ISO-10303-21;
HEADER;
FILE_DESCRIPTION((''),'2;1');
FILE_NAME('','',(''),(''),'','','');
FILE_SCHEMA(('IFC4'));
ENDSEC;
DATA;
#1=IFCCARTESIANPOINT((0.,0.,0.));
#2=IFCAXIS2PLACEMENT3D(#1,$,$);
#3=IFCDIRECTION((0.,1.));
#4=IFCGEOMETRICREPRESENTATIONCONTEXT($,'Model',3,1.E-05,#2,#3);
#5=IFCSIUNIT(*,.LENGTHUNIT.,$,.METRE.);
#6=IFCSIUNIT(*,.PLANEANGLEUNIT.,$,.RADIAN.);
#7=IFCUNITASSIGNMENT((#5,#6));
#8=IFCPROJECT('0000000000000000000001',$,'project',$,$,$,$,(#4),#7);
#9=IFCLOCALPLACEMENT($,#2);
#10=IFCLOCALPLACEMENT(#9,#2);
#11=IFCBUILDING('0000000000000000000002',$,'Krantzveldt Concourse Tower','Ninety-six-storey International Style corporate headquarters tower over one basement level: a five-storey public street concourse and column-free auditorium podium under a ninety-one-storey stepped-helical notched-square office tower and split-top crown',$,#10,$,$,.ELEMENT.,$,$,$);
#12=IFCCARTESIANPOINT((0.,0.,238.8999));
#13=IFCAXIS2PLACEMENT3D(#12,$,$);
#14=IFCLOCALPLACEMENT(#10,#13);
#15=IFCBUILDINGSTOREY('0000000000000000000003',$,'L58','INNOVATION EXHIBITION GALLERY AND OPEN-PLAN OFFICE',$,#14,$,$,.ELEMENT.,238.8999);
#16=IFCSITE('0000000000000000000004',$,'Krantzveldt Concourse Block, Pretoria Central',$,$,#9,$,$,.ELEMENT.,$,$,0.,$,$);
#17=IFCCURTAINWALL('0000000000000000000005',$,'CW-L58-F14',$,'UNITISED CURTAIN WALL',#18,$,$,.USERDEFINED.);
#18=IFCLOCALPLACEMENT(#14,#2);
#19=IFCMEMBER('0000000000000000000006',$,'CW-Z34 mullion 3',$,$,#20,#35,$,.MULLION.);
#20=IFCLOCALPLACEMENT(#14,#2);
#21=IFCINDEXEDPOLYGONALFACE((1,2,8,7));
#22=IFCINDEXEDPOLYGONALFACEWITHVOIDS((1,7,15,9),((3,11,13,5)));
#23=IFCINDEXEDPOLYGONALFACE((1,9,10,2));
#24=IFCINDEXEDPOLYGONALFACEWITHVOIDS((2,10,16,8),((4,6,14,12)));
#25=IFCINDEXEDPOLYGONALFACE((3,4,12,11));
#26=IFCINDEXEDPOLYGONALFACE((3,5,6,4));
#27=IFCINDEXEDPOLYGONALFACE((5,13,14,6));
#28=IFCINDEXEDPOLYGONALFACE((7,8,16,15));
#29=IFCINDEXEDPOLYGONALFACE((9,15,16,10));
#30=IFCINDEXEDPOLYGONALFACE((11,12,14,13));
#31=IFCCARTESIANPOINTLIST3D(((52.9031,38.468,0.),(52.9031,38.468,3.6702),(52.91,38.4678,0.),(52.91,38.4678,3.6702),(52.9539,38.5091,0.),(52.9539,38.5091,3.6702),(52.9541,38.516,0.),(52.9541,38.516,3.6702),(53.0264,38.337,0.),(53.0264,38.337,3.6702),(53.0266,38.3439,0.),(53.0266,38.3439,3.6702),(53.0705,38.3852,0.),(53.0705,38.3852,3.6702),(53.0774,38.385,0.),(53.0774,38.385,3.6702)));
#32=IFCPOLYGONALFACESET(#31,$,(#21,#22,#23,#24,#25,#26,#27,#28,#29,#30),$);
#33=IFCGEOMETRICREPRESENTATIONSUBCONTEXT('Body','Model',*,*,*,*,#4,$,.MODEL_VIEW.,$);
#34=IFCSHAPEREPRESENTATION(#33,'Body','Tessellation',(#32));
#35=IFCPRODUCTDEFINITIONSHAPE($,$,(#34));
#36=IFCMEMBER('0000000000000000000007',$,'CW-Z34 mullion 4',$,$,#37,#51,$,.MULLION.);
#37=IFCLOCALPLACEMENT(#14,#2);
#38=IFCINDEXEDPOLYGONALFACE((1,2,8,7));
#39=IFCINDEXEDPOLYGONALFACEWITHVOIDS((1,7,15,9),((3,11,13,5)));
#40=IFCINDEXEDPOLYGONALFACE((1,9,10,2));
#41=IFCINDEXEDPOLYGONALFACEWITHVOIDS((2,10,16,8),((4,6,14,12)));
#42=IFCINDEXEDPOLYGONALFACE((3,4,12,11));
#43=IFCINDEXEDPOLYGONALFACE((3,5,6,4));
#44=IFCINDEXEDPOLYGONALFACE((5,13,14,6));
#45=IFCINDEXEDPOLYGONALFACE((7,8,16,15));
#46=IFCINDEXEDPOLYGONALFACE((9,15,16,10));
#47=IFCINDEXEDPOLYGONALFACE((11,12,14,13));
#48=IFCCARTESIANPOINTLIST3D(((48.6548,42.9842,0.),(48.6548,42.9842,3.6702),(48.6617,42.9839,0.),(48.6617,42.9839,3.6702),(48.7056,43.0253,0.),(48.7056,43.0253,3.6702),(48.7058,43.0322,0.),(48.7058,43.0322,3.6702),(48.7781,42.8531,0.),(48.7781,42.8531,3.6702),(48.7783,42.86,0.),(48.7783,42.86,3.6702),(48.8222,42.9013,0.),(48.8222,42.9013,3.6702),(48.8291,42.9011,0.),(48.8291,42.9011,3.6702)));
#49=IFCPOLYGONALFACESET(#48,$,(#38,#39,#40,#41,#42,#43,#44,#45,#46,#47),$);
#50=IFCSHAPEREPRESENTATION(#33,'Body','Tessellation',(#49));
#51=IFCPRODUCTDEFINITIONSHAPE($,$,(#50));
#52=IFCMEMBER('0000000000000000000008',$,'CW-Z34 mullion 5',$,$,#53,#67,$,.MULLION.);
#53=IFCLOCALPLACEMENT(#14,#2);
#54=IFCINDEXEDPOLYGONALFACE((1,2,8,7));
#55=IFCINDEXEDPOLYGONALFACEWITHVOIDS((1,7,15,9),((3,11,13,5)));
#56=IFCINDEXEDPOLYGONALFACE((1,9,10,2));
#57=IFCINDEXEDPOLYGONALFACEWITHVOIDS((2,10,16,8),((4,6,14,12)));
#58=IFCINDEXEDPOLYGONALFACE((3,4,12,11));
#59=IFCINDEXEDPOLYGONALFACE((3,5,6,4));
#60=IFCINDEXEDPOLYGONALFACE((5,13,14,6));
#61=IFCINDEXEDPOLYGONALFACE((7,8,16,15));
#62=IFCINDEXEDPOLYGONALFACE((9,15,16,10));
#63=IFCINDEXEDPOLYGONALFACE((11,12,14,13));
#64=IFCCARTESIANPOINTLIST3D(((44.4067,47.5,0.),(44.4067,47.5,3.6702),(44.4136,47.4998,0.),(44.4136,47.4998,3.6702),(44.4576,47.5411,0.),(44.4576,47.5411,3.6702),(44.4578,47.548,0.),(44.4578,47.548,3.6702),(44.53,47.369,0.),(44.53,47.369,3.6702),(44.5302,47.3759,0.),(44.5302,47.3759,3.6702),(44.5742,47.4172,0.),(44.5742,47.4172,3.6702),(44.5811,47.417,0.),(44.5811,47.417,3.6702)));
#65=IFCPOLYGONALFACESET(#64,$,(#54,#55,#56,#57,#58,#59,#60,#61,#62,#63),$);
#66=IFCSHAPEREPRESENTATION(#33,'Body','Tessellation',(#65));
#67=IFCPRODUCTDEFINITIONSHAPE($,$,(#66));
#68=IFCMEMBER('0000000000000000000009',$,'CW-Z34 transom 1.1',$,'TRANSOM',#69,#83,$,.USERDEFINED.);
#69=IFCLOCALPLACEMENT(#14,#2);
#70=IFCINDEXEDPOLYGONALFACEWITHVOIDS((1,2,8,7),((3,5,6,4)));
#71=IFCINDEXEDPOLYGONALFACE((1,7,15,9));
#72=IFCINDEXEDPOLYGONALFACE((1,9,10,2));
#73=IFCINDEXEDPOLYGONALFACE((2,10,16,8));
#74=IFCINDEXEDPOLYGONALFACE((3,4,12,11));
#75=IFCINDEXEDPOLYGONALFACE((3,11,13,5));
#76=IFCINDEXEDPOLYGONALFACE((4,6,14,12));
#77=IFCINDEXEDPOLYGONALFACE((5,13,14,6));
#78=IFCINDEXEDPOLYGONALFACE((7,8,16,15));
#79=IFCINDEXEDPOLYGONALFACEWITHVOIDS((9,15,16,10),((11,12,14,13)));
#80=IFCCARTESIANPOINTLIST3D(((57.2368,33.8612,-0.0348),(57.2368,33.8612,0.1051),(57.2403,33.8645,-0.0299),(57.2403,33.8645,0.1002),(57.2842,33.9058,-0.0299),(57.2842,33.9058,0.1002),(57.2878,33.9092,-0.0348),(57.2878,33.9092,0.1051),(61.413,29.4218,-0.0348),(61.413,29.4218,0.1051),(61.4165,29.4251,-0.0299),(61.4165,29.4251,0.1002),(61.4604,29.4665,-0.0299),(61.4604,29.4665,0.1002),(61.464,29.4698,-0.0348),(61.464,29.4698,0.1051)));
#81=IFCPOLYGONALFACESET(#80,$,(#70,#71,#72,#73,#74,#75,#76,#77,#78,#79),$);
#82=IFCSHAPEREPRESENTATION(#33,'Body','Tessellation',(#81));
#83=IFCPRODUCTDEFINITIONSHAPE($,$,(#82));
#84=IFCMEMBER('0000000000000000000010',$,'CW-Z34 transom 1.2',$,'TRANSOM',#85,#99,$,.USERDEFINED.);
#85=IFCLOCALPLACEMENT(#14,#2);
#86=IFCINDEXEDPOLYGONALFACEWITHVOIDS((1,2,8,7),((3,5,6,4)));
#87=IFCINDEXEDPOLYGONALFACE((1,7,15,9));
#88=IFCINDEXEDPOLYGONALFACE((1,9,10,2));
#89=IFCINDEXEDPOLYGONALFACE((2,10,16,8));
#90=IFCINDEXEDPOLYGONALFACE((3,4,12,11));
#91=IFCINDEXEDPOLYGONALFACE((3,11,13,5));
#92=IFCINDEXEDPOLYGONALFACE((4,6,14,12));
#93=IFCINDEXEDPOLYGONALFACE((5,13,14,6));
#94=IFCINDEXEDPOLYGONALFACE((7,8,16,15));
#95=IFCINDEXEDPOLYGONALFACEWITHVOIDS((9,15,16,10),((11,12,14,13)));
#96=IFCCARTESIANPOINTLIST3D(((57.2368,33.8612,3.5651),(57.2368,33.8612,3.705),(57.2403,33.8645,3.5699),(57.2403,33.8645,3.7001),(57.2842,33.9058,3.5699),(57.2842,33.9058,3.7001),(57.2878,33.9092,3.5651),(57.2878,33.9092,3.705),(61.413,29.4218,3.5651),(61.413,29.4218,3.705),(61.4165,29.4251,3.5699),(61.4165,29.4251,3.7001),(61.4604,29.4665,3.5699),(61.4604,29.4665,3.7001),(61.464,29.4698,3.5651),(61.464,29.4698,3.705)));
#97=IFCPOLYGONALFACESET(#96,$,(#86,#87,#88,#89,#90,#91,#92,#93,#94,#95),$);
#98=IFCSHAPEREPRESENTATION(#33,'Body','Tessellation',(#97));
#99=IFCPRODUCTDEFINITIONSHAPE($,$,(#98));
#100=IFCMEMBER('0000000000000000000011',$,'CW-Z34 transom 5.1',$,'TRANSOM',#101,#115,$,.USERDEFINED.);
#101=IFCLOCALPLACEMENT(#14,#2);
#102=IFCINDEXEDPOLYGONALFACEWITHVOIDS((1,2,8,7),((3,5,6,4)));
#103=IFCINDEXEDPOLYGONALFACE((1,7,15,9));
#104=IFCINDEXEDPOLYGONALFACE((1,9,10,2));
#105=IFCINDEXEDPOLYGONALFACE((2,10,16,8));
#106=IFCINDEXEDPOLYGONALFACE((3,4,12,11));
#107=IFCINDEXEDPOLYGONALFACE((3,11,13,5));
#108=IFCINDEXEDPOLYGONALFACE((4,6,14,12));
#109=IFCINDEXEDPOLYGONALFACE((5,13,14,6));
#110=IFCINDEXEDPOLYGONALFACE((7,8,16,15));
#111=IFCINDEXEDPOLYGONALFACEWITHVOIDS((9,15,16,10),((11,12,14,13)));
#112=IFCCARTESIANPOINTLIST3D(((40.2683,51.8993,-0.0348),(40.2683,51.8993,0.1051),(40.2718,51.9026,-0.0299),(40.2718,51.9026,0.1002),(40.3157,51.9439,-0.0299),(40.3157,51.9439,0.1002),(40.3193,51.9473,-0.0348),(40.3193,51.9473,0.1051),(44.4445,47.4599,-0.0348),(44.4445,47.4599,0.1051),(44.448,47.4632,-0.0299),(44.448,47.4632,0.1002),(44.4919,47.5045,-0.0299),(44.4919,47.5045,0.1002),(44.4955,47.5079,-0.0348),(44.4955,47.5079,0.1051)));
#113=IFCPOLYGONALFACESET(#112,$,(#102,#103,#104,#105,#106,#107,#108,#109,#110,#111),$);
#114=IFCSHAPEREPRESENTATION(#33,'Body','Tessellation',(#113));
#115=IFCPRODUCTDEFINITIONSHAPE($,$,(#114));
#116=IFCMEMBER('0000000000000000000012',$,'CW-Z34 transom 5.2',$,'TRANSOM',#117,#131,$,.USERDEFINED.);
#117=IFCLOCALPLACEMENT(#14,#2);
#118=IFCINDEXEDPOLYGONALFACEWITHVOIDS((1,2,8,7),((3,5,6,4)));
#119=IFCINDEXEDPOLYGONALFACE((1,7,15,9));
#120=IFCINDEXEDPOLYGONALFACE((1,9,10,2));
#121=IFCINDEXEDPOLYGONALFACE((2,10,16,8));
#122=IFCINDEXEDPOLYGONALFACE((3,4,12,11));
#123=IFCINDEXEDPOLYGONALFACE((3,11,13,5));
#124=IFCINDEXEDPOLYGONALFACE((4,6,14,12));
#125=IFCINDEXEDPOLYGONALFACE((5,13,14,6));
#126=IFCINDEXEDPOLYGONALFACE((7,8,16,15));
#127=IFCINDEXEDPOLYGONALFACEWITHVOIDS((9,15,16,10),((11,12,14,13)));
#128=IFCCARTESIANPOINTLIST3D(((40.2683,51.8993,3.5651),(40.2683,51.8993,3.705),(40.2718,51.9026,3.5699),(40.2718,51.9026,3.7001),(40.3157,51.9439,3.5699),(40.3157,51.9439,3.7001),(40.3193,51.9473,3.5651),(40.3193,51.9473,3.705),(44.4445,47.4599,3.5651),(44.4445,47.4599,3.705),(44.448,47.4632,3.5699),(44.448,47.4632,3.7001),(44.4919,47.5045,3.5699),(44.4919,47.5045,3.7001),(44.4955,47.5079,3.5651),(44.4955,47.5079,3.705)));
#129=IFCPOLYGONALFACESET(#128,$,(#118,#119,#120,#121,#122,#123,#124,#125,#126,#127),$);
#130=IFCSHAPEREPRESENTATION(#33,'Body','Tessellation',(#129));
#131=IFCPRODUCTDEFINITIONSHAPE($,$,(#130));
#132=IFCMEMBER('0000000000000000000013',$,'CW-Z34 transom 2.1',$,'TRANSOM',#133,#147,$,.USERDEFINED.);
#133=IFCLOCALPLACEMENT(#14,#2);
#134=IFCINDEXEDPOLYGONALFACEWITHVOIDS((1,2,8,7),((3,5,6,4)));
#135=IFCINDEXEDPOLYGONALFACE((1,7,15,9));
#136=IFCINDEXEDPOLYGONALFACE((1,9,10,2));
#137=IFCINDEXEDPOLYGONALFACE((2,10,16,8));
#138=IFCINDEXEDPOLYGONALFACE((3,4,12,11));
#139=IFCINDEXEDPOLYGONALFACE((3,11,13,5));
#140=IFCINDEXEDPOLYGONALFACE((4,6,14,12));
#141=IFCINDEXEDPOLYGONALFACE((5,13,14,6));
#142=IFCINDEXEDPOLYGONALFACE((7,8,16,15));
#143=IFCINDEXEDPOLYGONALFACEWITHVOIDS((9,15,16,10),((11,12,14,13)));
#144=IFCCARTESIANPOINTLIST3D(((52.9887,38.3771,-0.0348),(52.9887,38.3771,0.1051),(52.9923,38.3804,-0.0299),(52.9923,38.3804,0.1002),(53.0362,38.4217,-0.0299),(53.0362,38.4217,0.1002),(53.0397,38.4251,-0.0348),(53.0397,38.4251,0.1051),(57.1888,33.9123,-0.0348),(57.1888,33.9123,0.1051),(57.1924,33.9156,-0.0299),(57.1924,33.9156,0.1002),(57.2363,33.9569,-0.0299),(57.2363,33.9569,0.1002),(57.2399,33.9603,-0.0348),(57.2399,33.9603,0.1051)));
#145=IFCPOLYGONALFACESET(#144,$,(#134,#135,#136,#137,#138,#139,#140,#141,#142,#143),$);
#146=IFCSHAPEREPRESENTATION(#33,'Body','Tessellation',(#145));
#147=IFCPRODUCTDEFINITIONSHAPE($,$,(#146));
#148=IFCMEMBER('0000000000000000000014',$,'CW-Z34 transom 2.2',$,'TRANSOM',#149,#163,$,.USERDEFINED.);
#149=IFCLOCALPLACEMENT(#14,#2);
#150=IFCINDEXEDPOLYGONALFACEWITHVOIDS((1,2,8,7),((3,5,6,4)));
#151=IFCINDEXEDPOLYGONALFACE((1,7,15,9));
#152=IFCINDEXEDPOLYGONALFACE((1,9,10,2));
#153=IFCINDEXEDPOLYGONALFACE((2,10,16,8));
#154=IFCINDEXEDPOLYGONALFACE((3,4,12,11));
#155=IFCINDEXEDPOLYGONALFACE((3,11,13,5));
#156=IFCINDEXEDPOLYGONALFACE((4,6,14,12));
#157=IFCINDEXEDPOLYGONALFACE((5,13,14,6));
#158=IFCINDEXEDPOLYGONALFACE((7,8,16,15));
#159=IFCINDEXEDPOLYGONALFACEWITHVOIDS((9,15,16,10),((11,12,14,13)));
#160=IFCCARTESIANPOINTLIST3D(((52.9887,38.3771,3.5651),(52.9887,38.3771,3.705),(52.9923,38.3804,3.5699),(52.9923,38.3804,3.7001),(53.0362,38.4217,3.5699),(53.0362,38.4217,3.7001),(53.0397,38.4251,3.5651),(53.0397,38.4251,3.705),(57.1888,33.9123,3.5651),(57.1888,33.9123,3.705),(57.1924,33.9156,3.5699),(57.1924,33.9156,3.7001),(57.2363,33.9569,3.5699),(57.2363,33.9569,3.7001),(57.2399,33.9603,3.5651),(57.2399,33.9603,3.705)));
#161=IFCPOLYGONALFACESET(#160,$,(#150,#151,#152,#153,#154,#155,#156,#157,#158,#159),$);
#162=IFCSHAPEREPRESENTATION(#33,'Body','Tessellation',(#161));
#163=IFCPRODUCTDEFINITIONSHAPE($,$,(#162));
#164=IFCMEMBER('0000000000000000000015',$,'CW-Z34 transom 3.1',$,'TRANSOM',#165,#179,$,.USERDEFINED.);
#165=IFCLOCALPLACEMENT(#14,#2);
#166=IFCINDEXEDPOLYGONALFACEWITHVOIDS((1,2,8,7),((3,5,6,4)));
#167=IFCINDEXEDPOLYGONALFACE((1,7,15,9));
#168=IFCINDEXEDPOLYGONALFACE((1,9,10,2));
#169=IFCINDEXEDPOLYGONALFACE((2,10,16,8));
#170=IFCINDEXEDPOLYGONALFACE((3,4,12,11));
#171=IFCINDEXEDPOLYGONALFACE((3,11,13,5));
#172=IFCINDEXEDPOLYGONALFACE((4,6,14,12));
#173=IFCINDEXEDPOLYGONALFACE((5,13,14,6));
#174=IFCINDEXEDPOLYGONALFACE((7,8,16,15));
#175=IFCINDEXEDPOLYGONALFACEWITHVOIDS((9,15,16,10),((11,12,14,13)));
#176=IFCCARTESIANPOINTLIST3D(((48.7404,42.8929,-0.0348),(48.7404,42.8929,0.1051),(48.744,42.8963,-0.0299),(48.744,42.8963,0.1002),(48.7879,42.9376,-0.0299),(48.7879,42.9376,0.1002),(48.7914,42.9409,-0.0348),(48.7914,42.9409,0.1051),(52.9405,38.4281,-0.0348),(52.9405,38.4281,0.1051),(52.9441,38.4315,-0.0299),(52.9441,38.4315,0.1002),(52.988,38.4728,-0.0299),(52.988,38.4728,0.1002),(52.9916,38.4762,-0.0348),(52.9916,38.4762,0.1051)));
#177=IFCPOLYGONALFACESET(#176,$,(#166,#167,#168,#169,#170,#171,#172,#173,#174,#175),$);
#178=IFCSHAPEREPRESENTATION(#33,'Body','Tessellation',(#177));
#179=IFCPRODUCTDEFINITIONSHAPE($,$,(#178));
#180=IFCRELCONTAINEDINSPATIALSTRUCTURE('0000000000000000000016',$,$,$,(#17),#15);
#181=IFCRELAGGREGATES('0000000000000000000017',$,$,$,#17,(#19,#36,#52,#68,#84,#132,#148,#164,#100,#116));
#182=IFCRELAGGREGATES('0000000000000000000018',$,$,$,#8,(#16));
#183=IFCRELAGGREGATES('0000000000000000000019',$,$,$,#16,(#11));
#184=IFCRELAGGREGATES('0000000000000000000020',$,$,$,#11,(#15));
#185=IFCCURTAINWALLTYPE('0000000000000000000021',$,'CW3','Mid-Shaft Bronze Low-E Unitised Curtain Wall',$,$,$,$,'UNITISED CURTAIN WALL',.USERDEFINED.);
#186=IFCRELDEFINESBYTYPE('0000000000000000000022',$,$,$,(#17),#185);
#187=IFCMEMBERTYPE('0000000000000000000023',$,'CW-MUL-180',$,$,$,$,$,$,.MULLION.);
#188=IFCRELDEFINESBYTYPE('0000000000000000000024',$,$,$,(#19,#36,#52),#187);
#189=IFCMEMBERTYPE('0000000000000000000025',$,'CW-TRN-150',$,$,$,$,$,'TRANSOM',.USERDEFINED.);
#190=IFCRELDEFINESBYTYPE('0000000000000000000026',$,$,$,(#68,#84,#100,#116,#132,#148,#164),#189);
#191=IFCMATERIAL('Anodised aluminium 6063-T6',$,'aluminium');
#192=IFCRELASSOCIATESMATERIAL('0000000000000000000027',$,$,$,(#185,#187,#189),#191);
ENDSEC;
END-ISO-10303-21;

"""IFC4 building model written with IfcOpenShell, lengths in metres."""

from ifc_helpers import new_model, si_unit, direction, frame, origin, origin_2d, place, context, subcontext, project, spatial, hollow_rectangle, extrude, source, transform, mapped, material, material_profile, profile_set, type_object, type_shapes, element, aggregate, save


model = new_model("IFC4")

# Units and contexts
model_context = context("Model", 3, precision=1e-05, world=origin(), true_north=direction((0.0, 1.0)))
body_context = subcontext(model_context, "Body", "Model", "MODEL_VIEW")
ifc_project = project(units=[si_unit("LENGTHUNIT", "METRE"), si_unit("PLANEANGLEUNIT", "RADIAN")], contexts=[model_context])

# Site, building, storey
site_placement = place(None, origin())
site = spatial("IfcSite", under=ifc_project, at=site_placement, Name="Krantzveldt Concourse Block, Pretoria Central", CompositionType="ELEMENT", RefElevation=0.0)
building_placement = place(site_placement, origin())
building = spatial("IfcBuilding", under=site, at=building_placement, Name="Krantzveldt Concourse Tower", Description="Ninety-six-storey International Style corporate headquarters tower over one basement level: a five-storey public street concourse and column-free auditorium podium under a ninety-one-storey stepped-helical notched-square office tower and split-top crown", CompositionType="ELEMENT")
storey_placement = place(building_placement, frame((0.0, 0.0, 238.8999)))
storey = spatial("IfcBuildingStorey", under=building, at=storey_placement, Name="L58", Description="INNOVATION EXHIBITION GALLERY AND OPEN-PLAN OFFICE", CompositionType="ELEMENT", Elevation=238.8999)

# Curtain wall, members
ifc_material_1 = material(Name="Anodised aluminium 6063-T6", Category="aluminium")
curtain_wall_type = type_object("IfcCurtainWallType", Name="CW3", Description="Mid-Shaft Bronze Low-E Unitised Curtain Wall", ElementType="UNITISED CURTAIN WALL", PredefinedType="USERDEFINED", material=ifc_material_1)
curtain_wall_placement = place(storey_placement, origin())
curtain_wall = element("IfcCurtainWall", 1, at=curtain_wall_placement, inside=storey, type_object=curtain_wall_type, Name="CW-L58-F14", ObjectType="UNITISED CURTAIN WALL", PredefinedType="USERDEFINED")
ifc_material_profile_1 = material_profile(ifc_material_1, hollow_rectangle(XDim=0.0701, YDim=0.1799, WallThickness=0.0049, at=origin_2d()), Name="Anodised aluminium 6063-T6", Category="aluminium")
ifc_profile_set_1 = profile_set([ifc_material_profile_1], Name="Anodised aluminium 6063-T6 - ALU-MULL 180x70x5")
member_type_1 = type_object("IfcMemberType", Name="CW-MUL-180", PredefinedType="MULLION", material=ifc_profile_set_1)
shared_shape_1 = source(origin(), body_context, "Body", "SweptSolid", [
    extrude(hollow_rectangle(XDim=0.0701, YDim=0.1799, WallThickness=0.0049, at=origin_2d()), origin(), (0.0, 0.0, 1.0), 3.6702),
])
type_shapes(member_type_1, [shared_shape_1])
member_1_placement = place(storey_placement, frame((52.9902, 38.4265, 0.0), z_axis=(0.0, 0.0, 1.0), x_axis=(-0.728371, -0.685183, 0.0)))
member_1 = element("IfcMember", 2, at=member_1_placement, type_object=member_type_1, Name="CW-Z34 mullion 3", PredefinedType="MULLION", context=body_context, shape_type="MappedRepresentation", body=[
    mapped(shared_shape_1, transform((0.0, 0.0, 0.0), x_axis=(1.0, 0.0, 0.0), y_axis=(0.0, 1.0, 0.0), z_axis=(0.0, 0.0, 1.0), scale=1.0)),
])
member_2_placement = place(storey_placement, frame((48.7419, 42.9426, 0.0), z_axis=(0.0, 0.0, 1.0), x_axis=(-0.728371, -0.685183, 0.0)))
member_2 = element("IfcMember", 3, at=member_2_placement, type_object=member_type_1, Name="CW-Z34 mullion 4", PredefinedType="MULLION", context=body_context, shape_type="MappedRepresentation", body=[
    mapped(shared_shape_1, transform((0.0, 0.0, 0.0), x_axis=(1.0, 0.0, 0.0), y_axis=(0.0, 1.0, 0.0), z_axis=(0.0, 0.0, 1.0), scale=1.0)),
])
member_3_placement = place(storey_placement, frame((44.4939, 47.4585, 0.0), z_axis=(0.0, 0.0, 1.0), x_axis=(-0.728371, -0.685183, 0.0)))
member_3 = element("IfcMember", 4, at=member_3_placement, type_object=member_type_1, Name="CW-Z34 mullion 5", PredefinedType="MULLION", context=body_context, shape_type="MappedRepresentation", body=[
    mapped(shared_shape_1, transform((0.0, 0.0, 0.0), x_axis=(1.0, 0.0, 0.0), y_axis=(0.0, 1.0, 0.0), z_axis=(0.0, 0.0, 1.0), scale=1.0)),
])
ifc_material_profile_2 = material_profile(ifc_material_1, hollow_rectangle(XDim=0.0701, YDim=0.1399, WallThickness=0.0049, at=origin_2d()), Name="Anodised aluminium 6063-T6", Category="aluminium")
ifc_profile_set_2 = profile_set([ifc_material_profile_2], Name="Anodised aluminium 6063-T6 - ALU-TRAN 140x70x5")
member_type_2 = type_object("IfcMemberType", Name="CW-TRN-150", ElementType="TRANSOM", PredefinedType="USERDEFINED", material=ifc_profile_set_2)
shared_shape_2 = source(origin(), body_context, "Body", "SweptSolid", [
    extrude(hollow_rectangle(XDim=0.0701, YDim=0.1399, WallThickness=0.0049, at=origin_2d()), origin(), (0.0, 0.0, 1.0), 6.095),
])
member_4_placement = place(storey_placement, frame((61.4385, 29.4458, 0.0352), z_axis=(-0.685187, 0.728367, 0.0), x_axis=(-0.728367, -0.685187, 0.0)))
member_4 = element("IfcMember", 5, at=member_4_placement, type_object=member_type_2, Name="CW-Z34 transom 1.1", ObjectType="TRANSOM", PredefinedType="USERDEFINED", context=body_context, shape_type="MappedRepresentation", body=[
    mapped(shared_shape_2, transform((0.0, 0.0, 0.0), x_axis=(1.0, 0.0, 0.0), y_axis=(0.0, 1.0, 0.0), z_axis=(0.0, 0.0, 1.0), scale=1.0)),
])
member_5_placement = place(storey_placement, frame((61.4385, 29.4458, 3.635), z_axis=(-0.685187, 0.728367, 0.0), x_axis=(-0.728367, -0.685187, 0.0)))
member_5 = element("IfcMember", 6, at=member_5_placement, type_object=member_type_2, Name="CW-Z34 transom 1.2", ObjectType="TRANSOM", PredefinedType="USERDEFINED", context=body_context, shape_type="MappedRepresentation", body=[
    mapped(shared_shape_2, transform((0.0, 0.0, 0.0), x_axis=(1.0, 0.0, 0.0), y_axis=(0.0, 1.0, 0.0), z_axis=(0.0, 0.0, 1.0), scale=1.0)),
])
member_6_placement = place(storey_placement, frame((44.47, 47.4839, 0.0352), z_axis=(-0.685187, 0.728367, 0.0), x_axis=(-0.728367, -0.685187, 0.0)))
member_6 = element("IfcMember", 7, at=member_6_placement, type_object=member_type_2, Name="CW-Z34 transom 5.1", ObjectType="TRANSOM", PredefinedType="USERDEFINED", context=body_context, shape_type="MappedRepresentation", body=[
    mapped(shared_shape_2, transform((0.0, 0.0, 0.0), x_axis=(1.0, 0.0, 0.0), y_axis=(0.0, 1.0, 0.0), z_axis=(0.0, 0.0, 1.0), scale=1.0)),
])
member_7_placement = place(storey_placement, frame((44.47, 47.4839, 3.635), z_axis=(-0.685187, 0.728367, 0.0), x_axis=(-0.728367, -0.685187, 0.0)))
member_7 = element("IfcMember", 8, at=member_7_placement, type_object=member_type_2, Name="CW-Z34 transom 5.2", ObjectType="TRANSOM", PredefinedType="USERDEFINED", context=body_context, shape_type="MappedRepresentation", body=[
    mapped(shared_shape_2, transform((0.0, 0.0, 0.0), x_axis=(1.0, 0.0, 0.0), y_axis=(0.0, 1.0, 0.0), z_axis=(0.0, 0.0, 1.0), scale=1.0)),
])
shared_shape_3 = source(origin(), body_context, "Body", "SweptSolid", [
    extrude(hollow_rectangle(XDim=0.0701, YDim=0.1399, WallThickness=0.0049, at=origin_2d()), origin(), (0.0, 0.0, 1.0), 6.1299),
])
type_shapes(member_type_2, [shared_shape_2, shared_shape_3])
member_8_placement = place(storey_placement, frame((57.2144, 33.9363, 0.0352), z_axis=(-0.685191, 0.728364, 0.0), x_axis=(-0.728364, -0.685191, 0.0)))
member_8 = element("IfcMember", 9, at=member_8_placement, type_object=member_type_2, Name="CW-Z34 transom 2.1", ObjectType="TRANSOM", PredefinedType="USERDEFINED", context=body_context, shape_type="MappedRepresentation", body=[
    mapped(shared_shape_3, transform((0.0, 0.0, 0.0), x_axis=(1.0, 0.0, 0.0), y_axis=(0.0, 1.0, 0.0), z_axis=(0.0, 0.0, 1.0), scale=1.0)),
])
member_9_placement = place(storey_placement, frame((57.2144, 33.9363, 3.635), z_axis=(-0.685191, 0.728364, 0.0), x_axis=(-0.728364, -0.685191, 0.0)))
member_9 = element("IfcMember", 10, at=member_9_placement, type_object=member_type_2, Name="CW-Z34 transom 2.2", ObjectType="TRANSOM", PredefinedType="USERDEFINED", context=body_context, shape_type="MappedRepresentation", body=[
    mapped(shared_shape_3, transform((0.0, 0.0, 0.0), x_axis=(1.0, 0.0, 0.0), y_axis=(0.0, 1.0, 0.0), z_axis=(0.0, 0.0, 1.0), scale=1.0)),
])
member_10_placement = place(storey_placement, frame((52.9661, 38.4521, 0.0352), z_axis=(-0.685191, 0.728364, 0.0), x_axis=(-0.728364, -0.685191, 0.0)))
member_10 = element("IfcMember", 11, at=member_10_placement, type_object=member_type_2, Name="CW-Z34 transom 3.1", ObjectType="TRANSOM", PredefinedType="USERDEFINED", context=body_context, shape_type="MappedRepresentation", body=[
    mapped(shared_shape_3, transform((0.0, 0.0, 0.0), x_axis=(1.0, 0.0, 0.0), y_axis=(0.0, 1.0, 0.0), z_axis=(0.0, 0.0, 1.0), scale=1.0)),
])
aggregate(curtain_wall, [member_1, member_2, member_3, member_4, member_5, member_8, member_9, member_10, member_6, member_7])

save(model, "model.ifc")
